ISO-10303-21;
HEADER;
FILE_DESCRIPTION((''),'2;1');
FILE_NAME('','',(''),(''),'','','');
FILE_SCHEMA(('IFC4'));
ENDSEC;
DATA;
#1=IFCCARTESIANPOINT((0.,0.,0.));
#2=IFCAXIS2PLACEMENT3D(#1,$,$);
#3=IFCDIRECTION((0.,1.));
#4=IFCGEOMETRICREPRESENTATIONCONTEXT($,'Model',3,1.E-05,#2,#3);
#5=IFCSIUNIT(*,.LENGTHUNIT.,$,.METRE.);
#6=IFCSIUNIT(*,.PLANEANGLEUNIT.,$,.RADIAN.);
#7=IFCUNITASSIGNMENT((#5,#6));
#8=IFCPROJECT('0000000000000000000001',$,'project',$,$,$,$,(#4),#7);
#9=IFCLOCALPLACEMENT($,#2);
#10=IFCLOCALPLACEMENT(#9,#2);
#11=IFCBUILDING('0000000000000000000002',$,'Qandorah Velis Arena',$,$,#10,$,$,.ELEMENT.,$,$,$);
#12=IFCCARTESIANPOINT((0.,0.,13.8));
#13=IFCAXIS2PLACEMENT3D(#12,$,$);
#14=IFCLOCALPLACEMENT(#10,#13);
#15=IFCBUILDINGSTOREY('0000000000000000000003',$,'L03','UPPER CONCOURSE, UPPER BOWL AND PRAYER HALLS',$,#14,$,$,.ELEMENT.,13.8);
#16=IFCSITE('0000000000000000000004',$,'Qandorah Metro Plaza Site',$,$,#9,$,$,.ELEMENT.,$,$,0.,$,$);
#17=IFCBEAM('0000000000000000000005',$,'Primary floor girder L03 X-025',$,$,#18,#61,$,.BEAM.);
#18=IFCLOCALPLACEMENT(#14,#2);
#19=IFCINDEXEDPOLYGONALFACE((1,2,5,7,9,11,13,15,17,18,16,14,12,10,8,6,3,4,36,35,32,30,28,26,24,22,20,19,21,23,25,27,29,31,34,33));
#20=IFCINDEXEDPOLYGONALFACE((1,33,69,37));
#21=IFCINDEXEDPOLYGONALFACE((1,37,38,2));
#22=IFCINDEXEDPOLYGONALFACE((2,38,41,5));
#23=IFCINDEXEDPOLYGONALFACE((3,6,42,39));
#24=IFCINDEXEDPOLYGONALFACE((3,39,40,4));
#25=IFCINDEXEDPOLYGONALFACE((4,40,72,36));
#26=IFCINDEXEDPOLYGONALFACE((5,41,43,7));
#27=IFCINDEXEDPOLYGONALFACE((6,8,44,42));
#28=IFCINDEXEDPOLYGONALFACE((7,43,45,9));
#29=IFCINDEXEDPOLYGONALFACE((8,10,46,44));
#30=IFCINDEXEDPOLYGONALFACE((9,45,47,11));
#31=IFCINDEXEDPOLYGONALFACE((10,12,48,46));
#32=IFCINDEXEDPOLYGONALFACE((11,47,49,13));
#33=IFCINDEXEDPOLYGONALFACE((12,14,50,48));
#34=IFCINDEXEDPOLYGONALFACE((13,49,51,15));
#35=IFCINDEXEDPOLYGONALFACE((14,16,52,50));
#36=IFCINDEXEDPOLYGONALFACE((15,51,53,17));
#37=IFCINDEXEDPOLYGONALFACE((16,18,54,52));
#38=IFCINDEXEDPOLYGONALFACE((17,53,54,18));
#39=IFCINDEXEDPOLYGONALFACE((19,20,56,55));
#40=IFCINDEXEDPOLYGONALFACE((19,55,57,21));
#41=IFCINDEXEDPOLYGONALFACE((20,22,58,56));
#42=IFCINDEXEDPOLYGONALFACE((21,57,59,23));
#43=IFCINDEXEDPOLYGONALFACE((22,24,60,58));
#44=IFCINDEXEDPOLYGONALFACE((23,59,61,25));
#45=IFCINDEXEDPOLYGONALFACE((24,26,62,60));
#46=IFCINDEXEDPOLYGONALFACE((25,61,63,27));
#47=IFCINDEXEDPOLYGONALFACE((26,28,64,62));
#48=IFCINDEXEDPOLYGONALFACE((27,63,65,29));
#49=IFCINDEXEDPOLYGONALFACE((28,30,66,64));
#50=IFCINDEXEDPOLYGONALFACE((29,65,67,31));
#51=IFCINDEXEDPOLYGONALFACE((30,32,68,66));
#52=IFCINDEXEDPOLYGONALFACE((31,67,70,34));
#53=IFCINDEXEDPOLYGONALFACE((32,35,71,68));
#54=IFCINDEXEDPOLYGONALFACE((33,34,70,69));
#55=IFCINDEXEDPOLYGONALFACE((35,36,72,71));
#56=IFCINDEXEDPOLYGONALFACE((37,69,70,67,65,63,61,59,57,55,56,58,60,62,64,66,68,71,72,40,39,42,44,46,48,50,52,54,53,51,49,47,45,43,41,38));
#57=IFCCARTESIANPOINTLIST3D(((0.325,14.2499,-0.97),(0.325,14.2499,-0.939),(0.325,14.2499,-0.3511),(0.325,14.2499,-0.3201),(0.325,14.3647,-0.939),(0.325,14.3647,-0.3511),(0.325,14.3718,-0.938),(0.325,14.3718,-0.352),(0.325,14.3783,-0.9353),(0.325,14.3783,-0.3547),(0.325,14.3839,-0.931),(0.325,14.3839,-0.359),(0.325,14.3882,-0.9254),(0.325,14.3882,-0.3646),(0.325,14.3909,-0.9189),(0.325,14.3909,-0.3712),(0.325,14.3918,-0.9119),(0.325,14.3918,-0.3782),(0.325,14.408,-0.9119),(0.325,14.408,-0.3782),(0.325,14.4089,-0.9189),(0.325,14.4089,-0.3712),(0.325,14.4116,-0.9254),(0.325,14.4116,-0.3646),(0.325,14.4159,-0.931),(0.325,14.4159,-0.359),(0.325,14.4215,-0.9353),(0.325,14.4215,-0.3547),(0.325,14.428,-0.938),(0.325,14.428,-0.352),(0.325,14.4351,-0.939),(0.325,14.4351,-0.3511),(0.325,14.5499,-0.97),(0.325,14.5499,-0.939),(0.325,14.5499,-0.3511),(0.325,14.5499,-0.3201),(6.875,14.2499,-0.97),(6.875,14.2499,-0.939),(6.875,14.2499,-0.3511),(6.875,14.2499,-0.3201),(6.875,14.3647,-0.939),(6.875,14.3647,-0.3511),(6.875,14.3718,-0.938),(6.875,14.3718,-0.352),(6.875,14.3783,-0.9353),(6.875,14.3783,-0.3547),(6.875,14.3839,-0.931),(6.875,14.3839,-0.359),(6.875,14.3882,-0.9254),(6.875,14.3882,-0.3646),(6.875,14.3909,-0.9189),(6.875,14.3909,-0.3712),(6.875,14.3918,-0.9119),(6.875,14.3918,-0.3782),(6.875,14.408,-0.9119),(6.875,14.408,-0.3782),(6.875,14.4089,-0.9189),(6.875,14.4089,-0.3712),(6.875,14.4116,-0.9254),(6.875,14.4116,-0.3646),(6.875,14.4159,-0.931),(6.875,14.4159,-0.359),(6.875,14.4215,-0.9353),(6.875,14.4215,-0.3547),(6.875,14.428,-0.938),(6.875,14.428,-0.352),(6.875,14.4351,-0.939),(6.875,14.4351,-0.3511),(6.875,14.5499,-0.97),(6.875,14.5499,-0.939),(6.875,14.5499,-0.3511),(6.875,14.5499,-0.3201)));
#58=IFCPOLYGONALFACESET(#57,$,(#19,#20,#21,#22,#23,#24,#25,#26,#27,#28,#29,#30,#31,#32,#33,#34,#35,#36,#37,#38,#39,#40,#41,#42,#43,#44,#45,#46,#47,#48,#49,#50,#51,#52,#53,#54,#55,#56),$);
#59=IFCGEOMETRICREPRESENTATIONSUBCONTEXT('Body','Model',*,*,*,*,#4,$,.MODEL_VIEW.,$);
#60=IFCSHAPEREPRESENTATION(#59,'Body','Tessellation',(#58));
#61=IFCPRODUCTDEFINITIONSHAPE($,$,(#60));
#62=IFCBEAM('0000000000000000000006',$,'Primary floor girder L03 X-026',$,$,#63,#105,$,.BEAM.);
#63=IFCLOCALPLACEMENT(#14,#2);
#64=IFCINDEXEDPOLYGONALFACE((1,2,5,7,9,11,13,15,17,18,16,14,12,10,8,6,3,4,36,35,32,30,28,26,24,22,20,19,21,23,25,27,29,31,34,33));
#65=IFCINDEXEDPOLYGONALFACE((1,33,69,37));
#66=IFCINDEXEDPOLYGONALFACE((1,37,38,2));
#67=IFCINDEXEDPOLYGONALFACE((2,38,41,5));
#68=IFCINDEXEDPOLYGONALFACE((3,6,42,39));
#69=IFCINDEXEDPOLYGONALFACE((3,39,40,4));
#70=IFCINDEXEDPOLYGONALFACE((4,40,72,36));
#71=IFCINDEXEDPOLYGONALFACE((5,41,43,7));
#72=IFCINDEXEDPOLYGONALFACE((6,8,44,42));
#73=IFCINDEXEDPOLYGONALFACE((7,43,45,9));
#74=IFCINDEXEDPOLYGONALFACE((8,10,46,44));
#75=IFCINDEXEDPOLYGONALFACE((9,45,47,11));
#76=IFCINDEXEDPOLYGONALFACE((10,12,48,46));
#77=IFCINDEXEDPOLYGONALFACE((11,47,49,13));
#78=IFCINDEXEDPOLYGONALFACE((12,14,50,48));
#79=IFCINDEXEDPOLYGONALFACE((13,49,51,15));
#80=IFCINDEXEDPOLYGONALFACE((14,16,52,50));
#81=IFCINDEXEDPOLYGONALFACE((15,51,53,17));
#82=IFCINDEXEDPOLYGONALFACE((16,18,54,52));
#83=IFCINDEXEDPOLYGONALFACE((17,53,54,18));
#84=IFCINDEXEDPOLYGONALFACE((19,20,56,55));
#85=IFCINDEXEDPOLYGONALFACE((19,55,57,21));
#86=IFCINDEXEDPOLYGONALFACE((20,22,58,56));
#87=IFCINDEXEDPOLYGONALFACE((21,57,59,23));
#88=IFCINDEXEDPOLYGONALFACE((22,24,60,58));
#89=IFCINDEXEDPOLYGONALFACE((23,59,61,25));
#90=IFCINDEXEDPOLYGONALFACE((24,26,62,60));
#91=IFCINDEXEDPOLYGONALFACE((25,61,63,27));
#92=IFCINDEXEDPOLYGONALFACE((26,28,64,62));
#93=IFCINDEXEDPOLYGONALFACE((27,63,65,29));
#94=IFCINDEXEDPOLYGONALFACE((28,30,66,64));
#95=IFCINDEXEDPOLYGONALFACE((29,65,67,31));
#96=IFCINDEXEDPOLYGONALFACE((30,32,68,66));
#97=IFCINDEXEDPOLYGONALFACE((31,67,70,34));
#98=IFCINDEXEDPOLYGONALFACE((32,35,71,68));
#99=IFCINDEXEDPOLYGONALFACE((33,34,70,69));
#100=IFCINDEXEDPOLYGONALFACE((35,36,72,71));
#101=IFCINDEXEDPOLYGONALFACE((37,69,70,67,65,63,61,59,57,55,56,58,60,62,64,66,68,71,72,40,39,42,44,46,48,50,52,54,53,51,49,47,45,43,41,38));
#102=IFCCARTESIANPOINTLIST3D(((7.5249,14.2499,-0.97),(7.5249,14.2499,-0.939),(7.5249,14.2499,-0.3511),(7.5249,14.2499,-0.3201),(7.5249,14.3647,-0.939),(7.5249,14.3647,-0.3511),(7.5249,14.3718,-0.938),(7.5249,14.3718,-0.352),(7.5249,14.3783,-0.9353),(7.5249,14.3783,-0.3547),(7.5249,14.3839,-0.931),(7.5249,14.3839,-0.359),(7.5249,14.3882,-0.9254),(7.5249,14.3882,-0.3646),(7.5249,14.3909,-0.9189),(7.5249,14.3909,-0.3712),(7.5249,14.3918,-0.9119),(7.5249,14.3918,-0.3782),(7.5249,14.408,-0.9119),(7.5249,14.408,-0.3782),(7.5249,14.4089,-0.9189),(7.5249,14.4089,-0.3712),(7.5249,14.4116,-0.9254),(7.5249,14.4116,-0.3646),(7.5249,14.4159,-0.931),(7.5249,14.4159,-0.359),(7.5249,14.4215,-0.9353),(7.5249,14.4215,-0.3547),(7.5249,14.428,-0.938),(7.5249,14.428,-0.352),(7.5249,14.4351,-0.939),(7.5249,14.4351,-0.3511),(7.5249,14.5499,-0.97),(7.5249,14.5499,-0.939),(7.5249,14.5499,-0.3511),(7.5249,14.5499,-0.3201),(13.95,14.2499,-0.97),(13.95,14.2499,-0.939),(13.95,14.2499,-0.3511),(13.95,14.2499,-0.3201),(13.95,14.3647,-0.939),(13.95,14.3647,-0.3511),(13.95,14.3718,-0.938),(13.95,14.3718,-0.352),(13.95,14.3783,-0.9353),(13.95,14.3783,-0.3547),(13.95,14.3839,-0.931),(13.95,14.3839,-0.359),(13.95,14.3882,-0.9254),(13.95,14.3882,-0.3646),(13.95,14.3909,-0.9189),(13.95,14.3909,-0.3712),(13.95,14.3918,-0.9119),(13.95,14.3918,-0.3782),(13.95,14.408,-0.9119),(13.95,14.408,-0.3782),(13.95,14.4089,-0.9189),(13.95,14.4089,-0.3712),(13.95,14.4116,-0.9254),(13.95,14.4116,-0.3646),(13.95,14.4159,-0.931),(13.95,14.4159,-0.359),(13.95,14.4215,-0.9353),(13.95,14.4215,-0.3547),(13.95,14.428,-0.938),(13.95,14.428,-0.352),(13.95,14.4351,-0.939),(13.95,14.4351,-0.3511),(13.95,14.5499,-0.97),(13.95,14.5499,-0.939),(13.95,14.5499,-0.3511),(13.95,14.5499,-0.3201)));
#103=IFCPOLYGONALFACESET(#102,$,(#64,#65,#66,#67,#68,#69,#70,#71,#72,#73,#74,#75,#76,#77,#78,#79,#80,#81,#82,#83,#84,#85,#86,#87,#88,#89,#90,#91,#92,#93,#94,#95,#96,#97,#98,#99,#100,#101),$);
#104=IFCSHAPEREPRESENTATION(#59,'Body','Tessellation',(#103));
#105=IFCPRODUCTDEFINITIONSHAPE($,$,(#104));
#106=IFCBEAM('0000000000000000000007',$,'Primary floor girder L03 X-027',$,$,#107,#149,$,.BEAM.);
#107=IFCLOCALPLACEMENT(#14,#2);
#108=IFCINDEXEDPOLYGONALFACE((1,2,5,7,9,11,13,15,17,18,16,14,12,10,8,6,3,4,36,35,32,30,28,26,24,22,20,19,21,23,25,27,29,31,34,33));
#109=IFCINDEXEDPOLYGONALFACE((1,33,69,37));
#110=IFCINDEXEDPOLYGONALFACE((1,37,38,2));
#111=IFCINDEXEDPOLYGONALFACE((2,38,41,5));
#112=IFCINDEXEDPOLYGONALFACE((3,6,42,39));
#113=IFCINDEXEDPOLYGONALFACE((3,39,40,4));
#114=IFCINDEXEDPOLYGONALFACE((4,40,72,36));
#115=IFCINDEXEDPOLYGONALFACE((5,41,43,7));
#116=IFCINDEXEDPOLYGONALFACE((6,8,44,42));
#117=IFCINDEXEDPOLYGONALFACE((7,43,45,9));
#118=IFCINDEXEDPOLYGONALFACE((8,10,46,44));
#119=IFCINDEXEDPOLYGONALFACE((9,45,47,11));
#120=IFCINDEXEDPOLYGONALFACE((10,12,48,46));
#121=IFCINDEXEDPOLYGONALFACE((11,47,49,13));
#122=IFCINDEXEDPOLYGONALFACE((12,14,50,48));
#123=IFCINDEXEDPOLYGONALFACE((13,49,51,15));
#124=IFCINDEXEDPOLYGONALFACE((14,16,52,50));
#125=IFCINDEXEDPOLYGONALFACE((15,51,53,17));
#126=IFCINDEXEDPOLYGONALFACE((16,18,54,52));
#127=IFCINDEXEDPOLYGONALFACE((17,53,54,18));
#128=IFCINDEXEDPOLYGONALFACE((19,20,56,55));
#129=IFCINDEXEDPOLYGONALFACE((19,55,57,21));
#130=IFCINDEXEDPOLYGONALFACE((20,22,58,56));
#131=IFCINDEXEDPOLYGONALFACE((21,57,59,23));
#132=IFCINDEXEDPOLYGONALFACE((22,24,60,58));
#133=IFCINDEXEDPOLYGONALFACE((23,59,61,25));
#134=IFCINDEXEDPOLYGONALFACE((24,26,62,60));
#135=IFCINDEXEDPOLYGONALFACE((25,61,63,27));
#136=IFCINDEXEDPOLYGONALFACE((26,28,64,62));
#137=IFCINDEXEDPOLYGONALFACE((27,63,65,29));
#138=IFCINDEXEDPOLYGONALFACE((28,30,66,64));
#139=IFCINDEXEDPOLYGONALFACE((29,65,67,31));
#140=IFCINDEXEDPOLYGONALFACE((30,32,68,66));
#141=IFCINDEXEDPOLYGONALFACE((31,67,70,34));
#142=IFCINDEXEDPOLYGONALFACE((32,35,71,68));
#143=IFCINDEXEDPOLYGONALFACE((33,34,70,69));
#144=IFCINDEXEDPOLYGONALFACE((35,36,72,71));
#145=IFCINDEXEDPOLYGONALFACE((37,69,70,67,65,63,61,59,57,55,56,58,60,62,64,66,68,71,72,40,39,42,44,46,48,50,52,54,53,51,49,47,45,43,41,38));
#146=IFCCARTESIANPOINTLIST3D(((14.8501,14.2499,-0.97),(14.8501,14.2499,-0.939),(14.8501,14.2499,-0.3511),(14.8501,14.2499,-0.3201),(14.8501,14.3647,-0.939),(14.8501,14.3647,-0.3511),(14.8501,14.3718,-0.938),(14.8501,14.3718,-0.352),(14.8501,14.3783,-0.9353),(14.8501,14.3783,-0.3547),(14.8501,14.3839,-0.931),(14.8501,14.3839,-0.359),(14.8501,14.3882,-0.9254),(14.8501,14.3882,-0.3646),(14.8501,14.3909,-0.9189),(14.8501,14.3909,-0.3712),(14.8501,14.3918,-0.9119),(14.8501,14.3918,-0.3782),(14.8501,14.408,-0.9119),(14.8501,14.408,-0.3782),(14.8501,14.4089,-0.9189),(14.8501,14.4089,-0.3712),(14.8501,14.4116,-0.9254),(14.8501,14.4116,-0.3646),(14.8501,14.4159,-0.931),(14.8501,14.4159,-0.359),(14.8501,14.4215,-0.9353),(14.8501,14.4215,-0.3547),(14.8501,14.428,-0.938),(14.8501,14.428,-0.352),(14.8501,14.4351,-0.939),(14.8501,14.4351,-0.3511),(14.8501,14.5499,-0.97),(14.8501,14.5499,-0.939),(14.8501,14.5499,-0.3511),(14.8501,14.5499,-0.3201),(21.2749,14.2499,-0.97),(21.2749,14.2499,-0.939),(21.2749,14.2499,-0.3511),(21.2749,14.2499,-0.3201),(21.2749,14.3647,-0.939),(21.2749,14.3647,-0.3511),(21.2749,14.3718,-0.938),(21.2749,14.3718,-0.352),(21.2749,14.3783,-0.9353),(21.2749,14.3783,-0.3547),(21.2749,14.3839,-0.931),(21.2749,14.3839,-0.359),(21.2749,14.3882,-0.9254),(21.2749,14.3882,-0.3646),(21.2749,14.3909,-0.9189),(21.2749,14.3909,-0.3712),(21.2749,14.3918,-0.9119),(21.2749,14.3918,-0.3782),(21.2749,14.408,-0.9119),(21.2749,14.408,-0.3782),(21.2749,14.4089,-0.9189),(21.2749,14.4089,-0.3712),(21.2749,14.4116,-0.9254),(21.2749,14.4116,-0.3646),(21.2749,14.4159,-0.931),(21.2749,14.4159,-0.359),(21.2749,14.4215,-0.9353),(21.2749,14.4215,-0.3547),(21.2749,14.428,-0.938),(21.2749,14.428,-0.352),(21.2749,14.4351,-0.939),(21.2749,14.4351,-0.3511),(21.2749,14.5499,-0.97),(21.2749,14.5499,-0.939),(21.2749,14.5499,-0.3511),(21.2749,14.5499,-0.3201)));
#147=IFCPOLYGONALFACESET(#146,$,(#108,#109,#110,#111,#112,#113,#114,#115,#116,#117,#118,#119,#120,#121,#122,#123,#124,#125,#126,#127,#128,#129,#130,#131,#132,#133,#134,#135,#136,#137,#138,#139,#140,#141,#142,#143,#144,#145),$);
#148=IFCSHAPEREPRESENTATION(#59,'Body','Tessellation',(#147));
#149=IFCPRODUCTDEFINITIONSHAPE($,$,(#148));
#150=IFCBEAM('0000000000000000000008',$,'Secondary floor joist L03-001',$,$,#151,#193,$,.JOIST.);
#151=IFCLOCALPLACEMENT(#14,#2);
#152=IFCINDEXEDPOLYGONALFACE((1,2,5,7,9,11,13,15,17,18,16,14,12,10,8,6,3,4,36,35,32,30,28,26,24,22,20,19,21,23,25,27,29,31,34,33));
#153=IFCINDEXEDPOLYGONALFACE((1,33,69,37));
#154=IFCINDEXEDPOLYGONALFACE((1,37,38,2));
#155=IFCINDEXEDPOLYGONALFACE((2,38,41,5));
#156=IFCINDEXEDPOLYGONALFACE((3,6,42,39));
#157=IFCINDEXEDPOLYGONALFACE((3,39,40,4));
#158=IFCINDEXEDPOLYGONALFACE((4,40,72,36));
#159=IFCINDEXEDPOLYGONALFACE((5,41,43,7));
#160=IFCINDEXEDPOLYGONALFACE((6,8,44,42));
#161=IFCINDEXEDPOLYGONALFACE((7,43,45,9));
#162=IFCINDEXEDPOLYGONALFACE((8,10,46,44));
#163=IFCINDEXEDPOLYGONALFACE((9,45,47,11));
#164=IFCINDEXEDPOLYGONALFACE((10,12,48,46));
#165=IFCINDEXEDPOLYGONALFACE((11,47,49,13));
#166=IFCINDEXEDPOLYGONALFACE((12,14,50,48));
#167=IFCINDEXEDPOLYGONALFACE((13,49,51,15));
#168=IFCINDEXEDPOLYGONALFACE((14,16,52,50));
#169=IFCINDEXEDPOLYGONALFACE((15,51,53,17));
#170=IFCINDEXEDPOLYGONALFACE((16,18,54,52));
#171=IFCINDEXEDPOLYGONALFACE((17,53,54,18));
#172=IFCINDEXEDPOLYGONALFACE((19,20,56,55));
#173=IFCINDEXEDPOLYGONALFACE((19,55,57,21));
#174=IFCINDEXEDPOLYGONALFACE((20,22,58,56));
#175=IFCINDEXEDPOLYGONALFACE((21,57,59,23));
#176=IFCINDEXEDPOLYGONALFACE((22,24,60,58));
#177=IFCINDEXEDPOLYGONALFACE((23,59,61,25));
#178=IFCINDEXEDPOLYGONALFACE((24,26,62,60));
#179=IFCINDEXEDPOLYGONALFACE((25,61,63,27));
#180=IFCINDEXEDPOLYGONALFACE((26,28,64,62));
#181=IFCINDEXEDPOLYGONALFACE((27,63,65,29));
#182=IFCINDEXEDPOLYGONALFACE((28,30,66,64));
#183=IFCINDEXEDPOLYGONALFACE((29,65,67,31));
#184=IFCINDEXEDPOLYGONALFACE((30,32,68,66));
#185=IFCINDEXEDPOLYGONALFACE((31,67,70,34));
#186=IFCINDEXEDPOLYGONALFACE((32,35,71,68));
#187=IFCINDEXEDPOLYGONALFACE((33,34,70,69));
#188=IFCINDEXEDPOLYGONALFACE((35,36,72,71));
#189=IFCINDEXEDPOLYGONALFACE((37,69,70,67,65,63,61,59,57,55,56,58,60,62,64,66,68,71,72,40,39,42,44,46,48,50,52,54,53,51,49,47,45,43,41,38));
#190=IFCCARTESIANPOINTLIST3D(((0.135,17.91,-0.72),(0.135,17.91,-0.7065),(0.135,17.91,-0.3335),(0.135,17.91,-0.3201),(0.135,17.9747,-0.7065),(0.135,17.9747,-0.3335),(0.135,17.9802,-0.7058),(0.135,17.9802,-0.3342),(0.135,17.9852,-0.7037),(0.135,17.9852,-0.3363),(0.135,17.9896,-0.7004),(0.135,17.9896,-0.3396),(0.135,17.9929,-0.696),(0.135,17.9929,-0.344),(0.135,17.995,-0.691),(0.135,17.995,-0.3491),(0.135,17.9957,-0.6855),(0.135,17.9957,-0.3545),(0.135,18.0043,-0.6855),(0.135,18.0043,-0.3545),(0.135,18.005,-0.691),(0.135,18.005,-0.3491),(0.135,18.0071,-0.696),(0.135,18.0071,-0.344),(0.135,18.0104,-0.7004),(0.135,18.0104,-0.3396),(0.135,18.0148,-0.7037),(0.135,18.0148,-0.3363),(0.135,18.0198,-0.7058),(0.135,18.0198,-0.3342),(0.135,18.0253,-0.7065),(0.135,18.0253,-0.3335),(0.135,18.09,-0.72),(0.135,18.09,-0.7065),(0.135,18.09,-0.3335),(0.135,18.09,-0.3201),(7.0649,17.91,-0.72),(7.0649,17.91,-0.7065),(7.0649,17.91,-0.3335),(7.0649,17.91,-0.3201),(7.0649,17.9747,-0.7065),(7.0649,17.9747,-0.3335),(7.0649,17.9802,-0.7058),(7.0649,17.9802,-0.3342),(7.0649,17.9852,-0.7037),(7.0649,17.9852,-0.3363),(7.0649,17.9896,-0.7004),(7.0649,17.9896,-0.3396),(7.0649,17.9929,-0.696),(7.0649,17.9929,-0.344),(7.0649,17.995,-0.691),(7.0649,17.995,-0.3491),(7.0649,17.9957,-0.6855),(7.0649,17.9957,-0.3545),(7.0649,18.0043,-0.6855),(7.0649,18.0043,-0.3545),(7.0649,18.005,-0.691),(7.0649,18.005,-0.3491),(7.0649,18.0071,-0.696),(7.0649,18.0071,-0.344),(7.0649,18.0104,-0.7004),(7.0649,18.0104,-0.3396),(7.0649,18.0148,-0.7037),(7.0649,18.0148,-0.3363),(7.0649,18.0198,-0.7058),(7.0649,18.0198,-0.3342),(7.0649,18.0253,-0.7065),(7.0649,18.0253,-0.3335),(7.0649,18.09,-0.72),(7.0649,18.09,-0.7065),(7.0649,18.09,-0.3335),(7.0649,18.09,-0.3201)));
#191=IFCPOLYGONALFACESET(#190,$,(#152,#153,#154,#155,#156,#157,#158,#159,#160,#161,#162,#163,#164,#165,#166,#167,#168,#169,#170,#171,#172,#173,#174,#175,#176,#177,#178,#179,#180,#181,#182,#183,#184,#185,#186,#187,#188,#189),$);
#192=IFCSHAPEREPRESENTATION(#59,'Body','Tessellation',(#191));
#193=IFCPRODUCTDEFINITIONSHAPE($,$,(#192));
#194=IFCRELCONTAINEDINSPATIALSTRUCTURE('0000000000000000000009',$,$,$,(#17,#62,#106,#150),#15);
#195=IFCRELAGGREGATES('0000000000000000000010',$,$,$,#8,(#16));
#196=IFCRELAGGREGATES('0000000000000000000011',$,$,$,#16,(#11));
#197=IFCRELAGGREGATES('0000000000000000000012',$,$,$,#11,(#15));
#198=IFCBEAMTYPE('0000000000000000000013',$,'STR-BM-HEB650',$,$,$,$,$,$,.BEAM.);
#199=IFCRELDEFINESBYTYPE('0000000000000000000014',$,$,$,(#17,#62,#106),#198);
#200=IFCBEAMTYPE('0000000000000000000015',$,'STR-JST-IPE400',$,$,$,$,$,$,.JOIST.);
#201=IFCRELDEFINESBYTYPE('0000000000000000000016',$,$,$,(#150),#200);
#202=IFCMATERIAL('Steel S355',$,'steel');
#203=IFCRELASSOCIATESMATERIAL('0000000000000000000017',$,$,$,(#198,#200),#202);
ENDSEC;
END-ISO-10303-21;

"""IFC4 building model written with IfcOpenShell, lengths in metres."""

from ifc_helpers import new_model, si_unit, direction, frame, origin, origin_2d, place, context, subcontext, project, spatial, i_section, extrude, material, material_profile, profile_set, type_object, element, save


model = new_model("IFC4")

# Units and contexts
model_context = context("Model", 3, precision=1e-05, world=origin(), true_north=direction((0.0, 1.0)))
body_context = subcontext(model_context, "Body", "Model", "MODEL_VIEW")
ifc_project = project(units=[si_unit("LENGTHUNIT", "METRE"), si_unit("PLANEANGLEUNIT", "RADIAN")], contexts=[model_context])

# Site, building, storey
site_placement = place(None, origin())
site = spatial("IfcSite", under=ifc_project, at=site_placement, Name="Qandorah Metro Plaza Site", CompositionType="ELEMENT", RefElevation=0.0)
building_placement = place(site_placement, origin())
building = spatial("IfcBuilding", under=site, at=building_placement, Name="Qandorah Velis Arena", CompositionType="ELEMENT")
storey_placement = place(building_placement, frame((0.0, 0.0, 13.8)))
storey = spatial("IfcBuildingStorey", under=building, at=storey_placement, Name="L03", Description="UPPER CONCOURSE, UPPER BOWL AND PRAYER HALLS", CompositionType="ELEMENT", Elevation=13.8)

# Beams
ifc_material_1 = material(Name="Steel S355", Category="steel")
ifc_material_profile_1 = material_profile(ifc_material_1, i_section(OverallWidth=0.3, OverallDepth=0.6499, WebThickness=0.0161, FlangeThickness=0.031, FilletRadius=0.0271, at=origin_2d()), Name="HEB 650")
ifc_profile_set_1 = profile_set([ifc_material_profile_1], Name="Steel S355")
beam_type_1 = type_object("IfcBeamType", Name="STR-BM-HEB650", PredefinedType="BEAM", material=ifc_profile_set_1)
beam_1_placement = place(storey_placement, frame((0.325, 14.3999, -0.645), z_axis=(1.0, 0.0, 0.0), x_axis=(0.0, 1.0, 0.0)))
element("IfcBeam", 1, at=beam_1_placement, inside=storey, type_object=beam_type_1, Name="Primary floor girder L03 X-025", PredefinedType="BEAM", context=body_context, shape_type="SweptSolid", body=[
    extrude(i_section(OverallWidth=0.3, OverallDepth=0.6499, WebThickness=0.0161, FlangeThickness=0.031, FilletRadius=0.0271, at=origin_2d()), origin(), (0.0, 0.0, 1.0), 6.55),
])
beam_2_placement = place(storey_placement, frame((7.5249, 14.3999, -0.645), z_axis=(1.0, 0.0, 0.0), x_axis=(0.0, 1.0, 0.0)))
element("IfcBeam", 2, at=beam_2_placement, inside=storey, type_object=beam_type_1, Name="Primary floor girder L03 X-026", PredefinedType="BEAM", context=body_context, shape_type="SweptSolid", body=[
    extrude(i_section(OverallWidth=0.3, OverallDepth=0.6499, WebThickness=0.0161, FlangeThickness=0.031, FilletRadius=0.0271, at=origin_2d()), origin(), (0.0, 0.0, 1.0), 6.425),
])
beam_3_placement = place(storey_placement, frame((14.8501, 14.3999, -0.645), z_axis=(1.0, 0.0, 0.0), x_axis=(0.0, 1.0, 0.0)))
element("IfcBeam", 3, at=beam_3_placement, inside=storey, type_object=beam_type_1, Name="Primary floor girder L03 X-027", PredefinedType="BEAM", context=body_context, shape_type="SweptSolid", body=[
    extrude(i_section(OverallWidth=0.3, OverallDepth=0.6499, WebThickness=0.0161, FlangeThickness=0.031, FilletRadius=0.0271, at=origin_2d()), origin(), (0.0, 0.0, 1.0), 6.4248),
])
ifc_material_profile_2 = material_profile(ifc_material_1, i_section(OverallWidth=0.1799, OverallDepth=0.3999, WebThickness=0.0085, FlangeThickness=0.0134, FilletRadius=0.021, at=origin_2d()), Name="IPE 400")
ifc_profile_set_2 = profile_set([ifc_material_profile_2], Name="Steel S355")
beam_type_2 = type_object("IfcBeamType", Name="STR-JST-IPE400", PredefinedType="JOIST", material=ifc_profile_set_2)
for number, where, z_axis, x_axis, name in (
    (4, (0.135, 18.0, -0.52), (1.0, 0.0, 0.0), (0.0, 1.0, 0.0), "Secondary floor joist L03-001"),
):
    element("IfcBeam", number, at=place(storey_placement, frame(where, z_axis=z_axis, x_axis=x_axis)), inside=storey, type_object=beam_type_2, Name=name, PredefinedType="JOIST", context=body_context, shape_type="SweptSolid", body=[
        extrude(i_section(OverallWidth=0.1799, OverallDepth=0.3999, WebThickness=0.0085, FlangeThickness=0.0134, FilletRadius=0.021, at=origin_2d()), origin(), (0.0, 0.0, 1.0), 6.9299),
    ])

save(model, "model.ifc")
